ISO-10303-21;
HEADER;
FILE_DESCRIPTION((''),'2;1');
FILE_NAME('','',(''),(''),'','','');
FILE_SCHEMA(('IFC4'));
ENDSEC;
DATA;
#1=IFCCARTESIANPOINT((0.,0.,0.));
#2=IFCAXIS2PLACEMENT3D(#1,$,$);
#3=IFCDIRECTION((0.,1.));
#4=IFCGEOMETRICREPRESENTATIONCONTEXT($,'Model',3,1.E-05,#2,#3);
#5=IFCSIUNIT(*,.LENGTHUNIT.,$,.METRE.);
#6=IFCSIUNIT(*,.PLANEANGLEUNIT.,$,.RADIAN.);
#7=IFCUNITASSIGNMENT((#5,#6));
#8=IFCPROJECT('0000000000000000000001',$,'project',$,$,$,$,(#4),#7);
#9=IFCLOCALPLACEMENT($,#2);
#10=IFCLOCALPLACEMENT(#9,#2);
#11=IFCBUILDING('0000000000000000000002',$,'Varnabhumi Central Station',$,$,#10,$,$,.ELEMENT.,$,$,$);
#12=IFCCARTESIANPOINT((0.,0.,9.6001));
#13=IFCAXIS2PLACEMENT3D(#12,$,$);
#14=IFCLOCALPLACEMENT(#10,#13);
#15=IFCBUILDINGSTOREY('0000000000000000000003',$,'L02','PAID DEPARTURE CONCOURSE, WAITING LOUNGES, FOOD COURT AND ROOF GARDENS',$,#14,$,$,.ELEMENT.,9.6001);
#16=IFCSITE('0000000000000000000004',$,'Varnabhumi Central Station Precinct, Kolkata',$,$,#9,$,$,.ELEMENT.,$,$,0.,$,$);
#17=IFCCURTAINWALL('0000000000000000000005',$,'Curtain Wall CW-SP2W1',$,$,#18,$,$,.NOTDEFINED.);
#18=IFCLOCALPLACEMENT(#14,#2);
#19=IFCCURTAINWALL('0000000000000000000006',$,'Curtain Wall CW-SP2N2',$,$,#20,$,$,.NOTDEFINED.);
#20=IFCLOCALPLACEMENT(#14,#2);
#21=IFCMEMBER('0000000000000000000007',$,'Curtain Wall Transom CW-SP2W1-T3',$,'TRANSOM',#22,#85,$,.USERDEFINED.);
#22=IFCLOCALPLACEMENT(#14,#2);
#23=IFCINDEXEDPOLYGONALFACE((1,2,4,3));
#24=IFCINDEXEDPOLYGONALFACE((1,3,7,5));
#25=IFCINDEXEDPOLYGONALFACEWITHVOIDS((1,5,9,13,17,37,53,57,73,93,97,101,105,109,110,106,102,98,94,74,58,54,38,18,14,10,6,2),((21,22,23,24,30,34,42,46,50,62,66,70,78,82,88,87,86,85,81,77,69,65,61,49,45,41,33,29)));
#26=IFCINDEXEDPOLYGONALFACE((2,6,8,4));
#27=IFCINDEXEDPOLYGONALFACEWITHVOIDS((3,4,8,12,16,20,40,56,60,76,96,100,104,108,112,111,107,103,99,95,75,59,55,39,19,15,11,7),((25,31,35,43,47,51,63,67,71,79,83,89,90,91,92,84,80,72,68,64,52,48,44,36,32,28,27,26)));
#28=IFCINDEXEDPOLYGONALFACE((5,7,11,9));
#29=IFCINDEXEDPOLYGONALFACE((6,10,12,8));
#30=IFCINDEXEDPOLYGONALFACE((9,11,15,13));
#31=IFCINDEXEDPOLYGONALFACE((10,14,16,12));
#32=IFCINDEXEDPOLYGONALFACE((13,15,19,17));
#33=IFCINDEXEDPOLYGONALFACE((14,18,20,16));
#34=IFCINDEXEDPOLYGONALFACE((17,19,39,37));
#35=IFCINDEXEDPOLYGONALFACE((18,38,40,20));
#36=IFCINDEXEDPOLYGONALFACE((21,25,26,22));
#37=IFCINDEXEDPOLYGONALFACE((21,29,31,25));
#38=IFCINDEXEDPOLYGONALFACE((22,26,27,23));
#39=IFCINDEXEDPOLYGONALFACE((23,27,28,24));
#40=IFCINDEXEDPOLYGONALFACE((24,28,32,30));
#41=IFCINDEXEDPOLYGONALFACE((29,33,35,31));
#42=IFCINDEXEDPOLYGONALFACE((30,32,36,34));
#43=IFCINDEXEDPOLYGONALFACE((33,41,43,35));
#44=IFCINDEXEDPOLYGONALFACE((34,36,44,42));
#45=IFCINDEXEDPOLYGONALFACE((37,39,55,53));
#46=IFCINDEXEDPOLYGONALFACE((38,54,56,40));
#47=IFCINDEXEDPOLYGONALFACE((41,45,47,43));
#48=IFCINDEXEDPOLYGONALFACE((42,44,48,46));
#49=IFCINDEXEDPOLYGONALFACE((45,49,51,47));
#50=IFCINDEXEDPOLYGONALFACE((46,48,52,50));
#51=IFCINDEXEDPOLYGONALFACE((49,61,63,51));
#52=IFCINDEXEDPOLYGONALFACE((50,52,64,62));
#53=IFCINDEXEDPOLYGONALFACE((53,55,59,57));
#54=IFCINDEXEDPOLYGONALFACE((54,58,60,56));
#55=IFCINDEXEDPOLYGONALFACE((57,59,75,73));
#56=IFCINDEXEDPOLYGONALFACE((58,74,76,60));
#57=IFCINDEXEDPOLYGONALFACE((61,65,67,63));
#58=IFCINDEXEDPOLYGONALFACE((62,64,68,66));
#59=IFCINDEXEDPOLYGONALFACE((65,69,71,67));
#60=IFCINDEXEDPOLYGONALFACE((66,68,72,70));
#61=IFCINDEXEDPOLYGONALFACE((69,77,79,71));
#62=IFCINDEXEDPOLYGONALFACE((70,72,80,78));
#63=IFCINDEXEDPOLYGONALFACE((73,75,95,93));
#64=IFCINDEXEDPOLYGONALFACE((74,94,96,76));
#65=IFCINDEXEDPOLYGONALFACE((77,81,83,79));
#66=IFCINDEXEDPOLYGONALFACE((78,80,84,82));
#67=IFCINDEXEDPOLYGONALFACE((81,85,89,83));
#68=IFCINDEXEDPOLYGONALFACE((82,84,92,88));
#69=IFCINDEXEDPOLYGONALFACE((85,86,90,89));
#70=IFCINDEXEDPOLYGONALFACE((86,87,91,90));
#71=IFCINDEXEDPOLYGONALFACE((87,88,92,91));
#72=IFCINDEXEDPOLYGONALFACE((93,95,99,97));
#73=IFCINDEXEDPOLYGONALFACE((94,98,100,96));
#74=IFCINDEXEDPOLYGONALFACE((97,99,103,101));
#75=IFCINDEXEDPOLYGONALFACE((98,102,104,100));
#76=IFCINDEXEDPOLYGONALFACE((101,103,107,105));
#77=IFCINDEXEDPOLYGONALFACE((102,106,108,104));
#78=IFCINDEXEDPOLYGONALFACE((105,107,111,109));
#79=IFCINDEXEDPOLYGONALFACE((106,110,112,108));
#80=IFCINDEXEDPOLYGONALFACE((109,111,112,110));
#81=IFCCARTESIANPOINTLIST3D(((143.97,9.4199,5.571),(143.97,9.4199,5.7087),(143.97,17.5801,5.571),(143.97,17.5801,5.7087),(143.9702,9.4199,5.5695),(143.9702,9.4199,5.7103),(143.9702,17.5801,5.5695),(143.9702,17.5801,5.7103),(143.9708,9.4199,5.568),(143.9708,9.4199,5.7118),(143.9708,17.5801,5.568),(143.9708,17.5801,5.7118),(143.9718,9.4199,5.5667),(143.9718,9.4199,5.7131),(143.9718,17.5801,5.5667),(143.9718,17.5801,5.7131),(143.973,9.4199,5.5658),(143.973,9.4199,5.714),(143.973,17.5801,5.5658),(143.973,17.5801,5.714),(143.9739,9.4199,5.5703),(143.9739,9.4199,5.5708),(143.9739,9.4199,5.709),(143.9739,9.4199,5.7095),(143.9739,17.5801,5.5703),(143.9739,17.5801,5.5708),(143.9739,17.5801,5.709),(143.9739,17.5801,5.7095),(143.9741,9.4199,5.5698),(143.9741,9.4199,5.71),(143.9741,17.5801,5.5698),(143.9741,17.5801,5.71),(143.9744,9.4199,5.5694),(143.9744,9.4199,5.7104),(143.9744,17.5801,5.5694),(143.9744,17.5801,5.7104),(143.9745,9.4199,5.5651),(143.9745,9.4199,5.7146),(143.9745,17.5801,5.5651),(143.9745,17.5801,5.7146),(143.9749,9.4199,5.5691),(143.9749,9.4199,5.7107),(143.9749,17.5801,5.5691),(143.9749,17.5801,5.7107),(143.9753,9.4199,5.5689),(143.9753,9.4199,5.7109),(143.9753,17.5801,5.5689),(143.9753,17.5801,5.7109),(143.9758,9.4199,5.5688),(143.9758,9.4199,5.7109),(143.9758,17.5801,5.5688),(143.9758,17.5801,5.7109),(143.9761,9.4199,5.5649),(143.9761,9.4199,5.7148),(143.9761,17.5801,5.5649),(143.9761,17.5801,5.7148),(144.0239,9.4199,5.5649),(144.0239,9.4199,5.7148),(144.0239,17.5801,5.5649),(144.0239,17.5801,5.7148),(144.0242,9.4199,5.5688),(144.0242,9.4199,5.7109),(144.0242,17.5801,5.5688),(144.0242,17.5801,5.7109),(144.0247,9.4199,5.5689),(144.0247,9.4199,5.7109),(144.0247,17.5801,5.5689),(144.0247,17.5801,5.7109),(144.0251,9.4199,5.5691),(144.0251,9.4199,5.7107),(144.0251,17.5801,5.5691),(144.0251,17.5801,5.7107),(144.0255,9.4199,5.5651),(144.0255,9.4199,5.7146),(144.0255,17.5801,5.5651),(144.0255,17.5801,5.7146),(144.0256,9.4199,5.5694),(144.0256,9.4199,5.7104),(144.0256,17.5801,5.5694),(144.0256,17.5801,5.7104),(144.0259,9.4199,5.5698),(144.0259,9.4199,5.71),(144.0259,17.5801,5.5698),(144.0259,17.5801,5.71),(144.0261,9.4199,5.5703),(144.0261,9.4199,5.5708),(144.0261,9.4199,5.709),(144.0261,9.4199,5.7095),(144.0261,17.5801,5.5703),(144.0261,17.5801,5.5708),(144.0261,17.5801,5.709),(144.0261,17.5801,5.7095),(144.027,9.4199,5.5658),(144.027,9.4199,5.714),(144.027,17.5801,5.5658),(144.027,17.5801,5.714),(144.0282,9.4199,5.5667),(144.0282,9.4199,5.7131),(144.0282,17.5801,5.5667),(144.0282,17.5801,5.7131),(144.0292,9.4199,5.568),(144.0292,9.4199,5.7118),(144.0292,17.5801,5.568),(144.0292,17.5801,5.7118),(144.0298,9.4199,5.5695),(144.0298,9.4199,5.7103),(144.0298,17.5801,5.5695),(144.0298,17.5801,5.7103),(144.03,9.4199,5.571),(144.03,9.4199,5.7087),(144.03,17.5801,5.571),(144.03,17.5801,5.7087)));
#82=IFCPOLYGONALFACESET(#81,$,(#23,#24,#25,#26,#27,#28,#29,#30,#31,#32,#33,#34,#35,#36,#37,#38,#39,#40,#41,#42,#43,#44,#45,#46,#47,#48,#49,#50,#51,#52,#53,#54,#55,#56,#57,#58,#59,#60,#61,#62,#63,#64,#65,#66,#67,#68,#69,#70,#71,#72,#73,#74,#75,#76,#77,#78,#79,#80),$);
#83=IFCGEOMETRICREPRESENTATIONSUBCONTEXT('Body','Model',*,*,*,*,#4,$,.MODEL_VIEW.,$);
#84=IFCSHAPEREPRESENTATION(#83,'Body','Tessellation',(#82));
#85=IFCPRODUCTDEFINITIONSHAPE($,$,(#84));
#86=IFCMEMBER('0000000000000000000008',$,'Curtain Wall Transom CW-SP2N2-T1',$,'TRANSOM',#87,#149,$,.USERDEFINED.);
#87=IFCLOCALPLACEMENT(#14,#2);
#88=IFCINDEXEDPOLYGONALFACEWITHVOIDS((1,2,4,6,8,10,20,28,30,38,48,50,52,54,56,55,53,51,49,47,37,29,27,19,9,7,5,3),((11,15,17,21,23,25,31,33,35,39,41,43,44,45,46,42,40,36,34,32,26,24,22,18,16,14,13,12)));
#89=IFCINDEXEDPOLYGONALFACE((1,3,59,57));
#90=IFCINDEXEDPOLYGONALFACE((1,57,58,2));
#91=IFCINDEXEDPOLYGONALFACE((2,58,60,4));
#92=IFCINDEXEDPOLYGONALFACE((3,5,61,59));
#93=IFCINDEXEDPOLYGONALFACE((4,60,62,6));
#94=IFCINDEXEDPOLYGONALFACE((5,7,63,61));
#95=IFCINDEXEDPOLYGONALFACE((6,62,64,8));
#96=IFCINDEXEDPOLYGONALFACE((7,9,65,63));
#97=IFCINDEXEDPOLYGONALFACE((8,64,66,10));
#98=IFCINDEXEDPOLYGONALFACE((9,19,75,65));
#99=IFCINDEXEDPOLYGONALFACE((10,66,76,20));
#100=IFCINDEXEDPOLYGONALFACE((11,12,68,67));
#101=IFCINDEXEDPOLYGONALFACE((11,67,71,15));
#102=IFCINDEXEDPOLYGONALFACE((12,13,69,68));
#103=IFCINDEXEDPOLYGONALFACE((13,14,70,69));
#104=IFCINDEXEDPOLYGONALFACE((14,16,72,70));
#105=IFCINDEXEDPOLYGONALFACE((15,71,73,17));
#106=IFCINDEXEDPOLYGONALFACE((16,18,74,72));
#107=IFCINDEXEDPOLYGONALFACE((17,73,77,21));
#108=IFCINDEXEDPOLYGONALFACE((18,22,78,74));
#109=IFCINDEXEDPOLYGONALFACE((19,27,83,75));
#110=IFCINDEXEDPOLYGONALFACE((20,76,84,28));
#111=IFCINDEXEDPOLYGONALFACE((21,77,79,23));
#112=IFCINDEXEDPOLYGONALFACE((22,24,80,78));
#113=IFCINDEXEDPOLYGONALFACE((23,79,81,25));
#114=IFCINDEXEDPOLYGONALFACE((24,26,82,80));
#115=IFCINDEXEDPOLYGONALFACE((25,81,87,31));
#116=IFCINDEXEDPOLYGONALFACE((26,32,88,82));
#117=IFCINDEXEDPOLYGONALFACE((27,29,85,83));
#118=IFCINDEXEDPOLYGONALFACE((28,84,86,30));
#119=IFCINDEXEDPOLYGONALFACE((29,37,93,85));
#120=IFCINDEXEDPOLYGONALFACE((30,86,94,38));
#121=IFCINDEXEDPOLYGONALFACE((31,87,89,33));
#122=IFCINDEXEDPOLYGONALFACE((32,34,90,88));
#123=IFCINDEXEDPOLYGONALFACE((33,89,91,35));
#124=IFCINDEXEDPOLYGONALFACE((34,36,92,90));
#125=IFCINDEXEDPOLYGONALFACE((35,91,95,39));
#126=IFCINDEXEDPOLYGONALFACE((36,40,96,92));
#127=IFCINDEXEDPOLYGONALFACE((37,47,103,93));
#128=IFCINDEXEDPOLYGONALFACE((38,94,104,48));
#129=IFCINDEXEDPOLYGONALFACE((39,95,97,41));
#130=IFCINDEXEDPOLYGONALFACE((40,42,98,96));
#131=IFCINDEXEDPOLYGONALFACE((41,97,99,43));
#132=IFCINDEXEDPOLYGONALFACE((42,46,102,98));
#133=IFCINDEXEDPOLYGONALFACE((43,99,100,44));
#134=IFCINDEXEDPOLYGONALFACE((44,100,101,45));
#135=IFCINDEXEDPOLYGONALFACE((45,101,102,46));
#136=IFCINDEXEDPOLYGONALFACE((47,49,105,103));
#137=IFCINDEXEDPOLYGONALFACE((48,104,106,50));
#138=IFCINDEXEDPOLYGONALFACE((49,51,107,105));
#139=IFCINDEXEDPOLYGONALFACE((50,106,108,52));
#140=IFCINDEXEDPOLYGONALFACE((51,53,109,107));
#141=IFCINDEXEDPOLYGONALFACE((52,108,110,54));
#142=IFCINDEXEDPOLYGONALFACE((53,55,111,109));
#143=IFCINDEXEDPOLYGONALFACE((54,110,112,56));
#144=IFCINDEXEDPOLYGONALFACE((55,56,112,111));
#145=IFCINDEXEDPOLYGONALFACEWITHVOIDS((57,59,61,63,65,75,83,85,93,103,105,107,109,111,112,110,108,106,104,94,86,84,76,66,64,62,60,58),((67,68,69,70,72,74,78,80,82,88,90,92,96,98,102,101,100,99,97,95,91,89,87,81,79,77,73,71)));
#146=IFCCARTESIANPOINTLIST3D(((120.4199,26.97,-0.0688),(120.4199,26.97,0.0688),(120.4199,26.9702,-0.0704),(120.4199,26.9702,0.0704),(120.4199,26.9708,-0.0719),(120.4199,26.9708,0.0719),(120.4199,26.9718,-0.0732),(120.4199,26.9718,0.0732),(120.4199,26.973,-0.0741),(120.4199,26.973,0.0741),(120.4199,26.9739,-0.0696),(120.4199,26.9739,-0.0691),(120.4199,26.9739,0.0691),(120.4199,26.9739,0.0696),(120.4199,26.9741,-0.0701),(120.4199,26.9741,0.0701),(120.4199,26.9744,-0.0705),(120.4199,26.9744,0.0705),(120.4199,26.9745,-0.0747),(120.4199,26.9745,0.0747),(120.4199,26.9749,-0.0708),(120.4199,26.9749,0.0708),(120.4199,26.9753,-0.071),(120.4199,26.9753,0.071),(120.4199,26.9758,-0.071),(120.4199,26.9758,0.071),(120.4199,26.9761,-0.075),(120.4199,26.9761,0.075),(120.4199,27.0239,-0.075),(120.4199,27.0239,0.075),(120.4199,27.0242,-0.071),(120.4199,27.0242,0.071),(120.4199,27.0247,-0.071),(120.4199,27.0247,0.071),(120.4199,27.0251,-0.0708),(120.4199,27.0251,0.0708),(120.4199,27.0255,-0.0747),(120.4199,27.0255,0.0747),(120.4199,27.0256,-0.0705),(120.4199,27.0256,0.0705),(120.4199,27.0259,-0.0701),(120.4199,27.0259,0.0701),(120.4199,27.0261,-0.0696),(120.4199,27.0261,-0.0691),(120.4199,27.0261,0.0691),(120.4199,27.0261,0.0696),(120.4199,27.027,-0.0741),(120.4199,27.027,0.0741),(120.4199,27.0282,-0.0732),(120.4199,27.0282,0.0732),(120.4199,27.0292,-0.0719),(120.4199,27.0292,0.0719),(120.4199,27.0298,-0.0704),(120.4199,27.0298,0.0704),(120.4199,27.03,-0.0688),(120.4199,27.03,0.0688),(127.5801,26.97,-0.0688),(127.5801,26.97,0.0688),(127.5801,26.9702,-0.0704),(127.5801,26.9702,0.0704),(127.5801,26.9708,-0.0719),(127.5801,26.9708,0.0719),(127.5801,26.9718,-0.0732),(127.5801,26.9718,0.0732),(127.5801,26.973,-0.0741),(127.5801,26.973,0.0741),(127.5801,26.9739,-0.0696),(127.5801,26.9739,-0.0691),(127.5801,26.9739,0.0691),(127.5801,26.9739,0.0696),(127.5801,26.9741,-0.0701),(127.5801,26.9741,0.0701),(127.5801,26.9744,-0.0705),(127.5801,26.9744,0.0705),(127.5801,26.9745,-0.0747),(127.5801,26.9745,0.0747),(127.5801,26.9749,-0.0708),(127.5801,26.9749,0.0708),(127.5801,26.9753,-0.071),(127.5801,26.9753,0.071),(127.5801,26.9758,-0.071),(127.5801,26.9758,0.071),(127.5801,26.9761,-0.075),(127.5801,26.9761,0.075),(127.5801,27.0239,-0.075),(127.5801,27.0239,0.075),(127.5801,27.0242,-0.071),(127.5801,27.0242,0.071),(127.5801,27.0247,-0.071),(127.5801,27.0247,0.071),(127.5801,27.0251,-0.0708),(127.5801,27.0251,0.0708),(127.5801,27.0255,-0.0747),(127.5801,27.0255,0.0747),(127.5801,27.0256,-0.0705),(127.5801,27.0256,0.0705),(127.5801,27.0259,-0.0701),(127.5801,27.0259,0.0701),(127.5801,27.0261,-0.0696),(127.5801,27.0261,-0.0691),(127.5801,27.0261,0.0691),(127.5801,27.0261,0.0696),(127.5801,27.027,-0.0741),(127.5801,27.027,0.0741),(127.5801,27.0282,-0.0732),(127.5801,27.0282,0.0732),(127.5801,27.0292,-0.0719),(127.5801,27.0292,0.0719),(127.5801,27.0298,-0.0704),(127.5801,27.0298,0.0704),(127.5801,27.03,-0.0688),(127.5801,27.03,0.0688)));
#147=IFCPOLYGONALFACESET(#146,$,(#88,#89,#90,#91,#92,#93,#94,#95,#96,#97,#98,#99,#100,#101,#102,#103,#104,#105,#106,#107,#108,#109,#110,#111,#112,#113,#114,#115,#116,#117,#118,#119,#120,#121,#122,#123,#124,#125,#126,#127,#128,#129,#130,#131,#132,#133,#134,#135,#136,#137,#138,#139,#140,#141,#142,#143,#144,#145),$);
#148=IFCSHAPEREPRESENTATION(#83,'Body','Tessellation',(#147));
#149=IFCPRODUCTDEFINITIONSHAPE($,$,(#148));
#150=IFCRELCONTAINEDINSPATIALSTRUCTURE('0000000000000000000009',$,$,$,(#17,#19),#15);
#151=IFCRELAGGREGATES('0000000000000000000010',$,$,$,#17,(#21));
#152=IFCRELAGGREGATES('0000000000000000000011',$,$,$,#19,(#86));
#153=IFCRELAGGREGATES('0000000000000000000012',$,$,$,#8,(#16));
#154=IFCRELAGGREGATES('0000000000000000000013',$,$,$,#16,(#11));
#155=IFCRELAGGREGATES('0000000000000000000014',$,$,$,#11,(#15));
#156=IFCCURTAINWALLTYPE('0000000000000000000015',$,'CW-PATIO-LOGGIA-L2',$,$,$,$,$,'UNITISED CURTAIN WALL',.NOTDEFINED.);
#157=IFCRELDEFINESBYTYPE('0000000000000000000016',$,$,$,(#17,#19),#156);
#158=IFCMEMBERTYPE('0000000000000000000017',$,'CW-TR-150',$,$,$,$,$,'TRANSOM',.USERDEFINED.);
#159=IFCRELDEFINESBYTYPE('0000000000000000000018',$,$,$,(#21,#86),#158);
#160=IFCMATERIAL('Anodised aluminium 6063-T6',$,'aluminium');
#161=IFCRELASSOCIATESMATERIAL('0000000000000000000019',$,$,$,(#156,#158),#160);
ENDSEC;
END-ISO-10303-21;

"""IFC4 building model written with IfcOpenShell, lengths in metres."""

from ifc_helpers import new_model, si_unit, direction, frame, origin, origin_2d, place, context, subcontext, project, spatial, hollow_rectangle, extrude, material, material_profile, profile_set, type_object, element, aggregate, save


model = new_model("IFC4")

# Units and contexts
model_context = context("Model", 3, precision=1e-05, world=origin(), true_north=direction((0.0, 1.0)))
body_context = subcontext(model_context, "Body", "Model", "MODEL_VIEW")
ifc_project = project(units=[si_unit("LENGTHUNIT", "METRE"), si_unit("PLANEANGLEUNIT", "RADIAN")], contexts=[model_context])

# Site, building, storey
site_placement = place(None, origin())
site = spatial("IfcSite", under=ifc_project, at=site_placement, Name="Varnabhumi Central Station Precinct, Kolkata", CompositionType="ELEMENT", RefElevation=0.0)
building_placement = place(site_placement, origin())
building = spatial("IfcBuilding", under=site, at=building_placement, Name="Varnabhumi Central Station", CompositionType="ELEMENT")
storey_placement = place(building_placement, frame((0.0, 0.0, 9.6001)))
storey = spatial("IfcBuildingStorey", under=building, at=storey_placement, Name="L02", Description="PAID DEPARTURE CONCOURSE, WAITING LOUNGES, FOOD COURT AND ROOF GARDENS", CompositionType="ELEMENT", Elevation=9.6001)

# Curtain walls
ifc_material_1 = material(Name="Anodised aluminium 6063-T6", Category="aluminium")
curtain_wall_type = type_object("IfcCurtainWallType", Name="CW-PATIO-LOGGIA-L2", ElementType="UNITISED CURTAIN WALL", PredefinedType="NOTDEFINED", material=ifc_material_1)
curtain_wall_1_placement = place(storey_placement, origin())
curtain_wall_1 = element("IfcCurtainWall", 1, at=curtain_wall_1_placement, inside=storey, type_object=curtain_wall_type, Name="Curtain Wall CW-SP2W1", PredefinedType="NOTDEFINED")
curtain_wall_2_placement = place(storey_placement, origin())
curtain_wall_2 = element("IfcCurtainWall", 2, at=curtain_wall_2_placement, inside=storey, type_object=curtain_wall_type, Name="Curtain Wall CW-SP2N2", PredefinedType="NOTDEFINED")

# Members
ifc_material_profile_1 = material_profile(ifc_material_1, hollow_rectangle(XDim=0.0601, YDim=0.1499, WallThickness=0.0039, InnerFilletRadius=0.002, OuterFilletRadius=0.0061, at=origin_2d()), Name="Anodised aluminium 6063-T6", Category="aluminium")
ifc_profile_set_1 = profile_set([ifc_material_profile_1], Name="Anodised aluminium 6063-T6")
member_type_1 = type_object("IfcMemberType", Name="CW-TR-150", ElementType="TRANSOM", PredefinedType="USERDEFINED", material=ifc_profile_set_1)
member_1_placement = place(storey_placement, frame((144.0, 9.4199, 5.6399), z_axis=(0.0, 1.0, 0.0), x_axis=(-1.0, 0.0, 0.0)))
member_1 = element("IfcMember", 3, at=member_1_placement, type_object=member_type_1, Name="Curtain Wall Transom CW-SP2W1-T3", ObjectType="TRANSOM", PredefinedType="USERDEFINED", context=body_context, shape_type="SweptSolid", body=[
    extrude(hollow_rectangle(XDim=0.0601, YDim=0.1499, WallThickness=0.0039, InnerFilletRadius=0.002, OuterFilletRadius=0.0061, at=origin_2d()), origin(), (0.0, 0.0, 1.0), 8.1602),
])
aggregate(curtain_wall_1, [member_1])
member_2_placement = place(storey_placement, frame((120.4199, 27.0, 0.0), z_axis=(1.0, 0.0, 0.0), x_axis=(0.0, 1.0, 0.0)))
member_2 = element("IfcMember", 4, at=member_2_placement, type_object=member_type_1, Name="Curtain Wall Transom CW-SP2N2-T1", ObjectType="TRANSOM", PredefinedType="USERDEFINED", context=body_context, shape_type="SweptSolid", body=[
    extrude(hollow_rectangle(XDim=0.0601, YDim=0.1499, WallThickness=0.0039, InnerFilletRadius=0.002, OuterFilletRadius=0.0061, at=origin_2d()), origin(), (0.0, 0.0, 1.0), 7.1602),
])
aggregate(curtain_wall_2, [member_2])

save(model, "model.ifc")
